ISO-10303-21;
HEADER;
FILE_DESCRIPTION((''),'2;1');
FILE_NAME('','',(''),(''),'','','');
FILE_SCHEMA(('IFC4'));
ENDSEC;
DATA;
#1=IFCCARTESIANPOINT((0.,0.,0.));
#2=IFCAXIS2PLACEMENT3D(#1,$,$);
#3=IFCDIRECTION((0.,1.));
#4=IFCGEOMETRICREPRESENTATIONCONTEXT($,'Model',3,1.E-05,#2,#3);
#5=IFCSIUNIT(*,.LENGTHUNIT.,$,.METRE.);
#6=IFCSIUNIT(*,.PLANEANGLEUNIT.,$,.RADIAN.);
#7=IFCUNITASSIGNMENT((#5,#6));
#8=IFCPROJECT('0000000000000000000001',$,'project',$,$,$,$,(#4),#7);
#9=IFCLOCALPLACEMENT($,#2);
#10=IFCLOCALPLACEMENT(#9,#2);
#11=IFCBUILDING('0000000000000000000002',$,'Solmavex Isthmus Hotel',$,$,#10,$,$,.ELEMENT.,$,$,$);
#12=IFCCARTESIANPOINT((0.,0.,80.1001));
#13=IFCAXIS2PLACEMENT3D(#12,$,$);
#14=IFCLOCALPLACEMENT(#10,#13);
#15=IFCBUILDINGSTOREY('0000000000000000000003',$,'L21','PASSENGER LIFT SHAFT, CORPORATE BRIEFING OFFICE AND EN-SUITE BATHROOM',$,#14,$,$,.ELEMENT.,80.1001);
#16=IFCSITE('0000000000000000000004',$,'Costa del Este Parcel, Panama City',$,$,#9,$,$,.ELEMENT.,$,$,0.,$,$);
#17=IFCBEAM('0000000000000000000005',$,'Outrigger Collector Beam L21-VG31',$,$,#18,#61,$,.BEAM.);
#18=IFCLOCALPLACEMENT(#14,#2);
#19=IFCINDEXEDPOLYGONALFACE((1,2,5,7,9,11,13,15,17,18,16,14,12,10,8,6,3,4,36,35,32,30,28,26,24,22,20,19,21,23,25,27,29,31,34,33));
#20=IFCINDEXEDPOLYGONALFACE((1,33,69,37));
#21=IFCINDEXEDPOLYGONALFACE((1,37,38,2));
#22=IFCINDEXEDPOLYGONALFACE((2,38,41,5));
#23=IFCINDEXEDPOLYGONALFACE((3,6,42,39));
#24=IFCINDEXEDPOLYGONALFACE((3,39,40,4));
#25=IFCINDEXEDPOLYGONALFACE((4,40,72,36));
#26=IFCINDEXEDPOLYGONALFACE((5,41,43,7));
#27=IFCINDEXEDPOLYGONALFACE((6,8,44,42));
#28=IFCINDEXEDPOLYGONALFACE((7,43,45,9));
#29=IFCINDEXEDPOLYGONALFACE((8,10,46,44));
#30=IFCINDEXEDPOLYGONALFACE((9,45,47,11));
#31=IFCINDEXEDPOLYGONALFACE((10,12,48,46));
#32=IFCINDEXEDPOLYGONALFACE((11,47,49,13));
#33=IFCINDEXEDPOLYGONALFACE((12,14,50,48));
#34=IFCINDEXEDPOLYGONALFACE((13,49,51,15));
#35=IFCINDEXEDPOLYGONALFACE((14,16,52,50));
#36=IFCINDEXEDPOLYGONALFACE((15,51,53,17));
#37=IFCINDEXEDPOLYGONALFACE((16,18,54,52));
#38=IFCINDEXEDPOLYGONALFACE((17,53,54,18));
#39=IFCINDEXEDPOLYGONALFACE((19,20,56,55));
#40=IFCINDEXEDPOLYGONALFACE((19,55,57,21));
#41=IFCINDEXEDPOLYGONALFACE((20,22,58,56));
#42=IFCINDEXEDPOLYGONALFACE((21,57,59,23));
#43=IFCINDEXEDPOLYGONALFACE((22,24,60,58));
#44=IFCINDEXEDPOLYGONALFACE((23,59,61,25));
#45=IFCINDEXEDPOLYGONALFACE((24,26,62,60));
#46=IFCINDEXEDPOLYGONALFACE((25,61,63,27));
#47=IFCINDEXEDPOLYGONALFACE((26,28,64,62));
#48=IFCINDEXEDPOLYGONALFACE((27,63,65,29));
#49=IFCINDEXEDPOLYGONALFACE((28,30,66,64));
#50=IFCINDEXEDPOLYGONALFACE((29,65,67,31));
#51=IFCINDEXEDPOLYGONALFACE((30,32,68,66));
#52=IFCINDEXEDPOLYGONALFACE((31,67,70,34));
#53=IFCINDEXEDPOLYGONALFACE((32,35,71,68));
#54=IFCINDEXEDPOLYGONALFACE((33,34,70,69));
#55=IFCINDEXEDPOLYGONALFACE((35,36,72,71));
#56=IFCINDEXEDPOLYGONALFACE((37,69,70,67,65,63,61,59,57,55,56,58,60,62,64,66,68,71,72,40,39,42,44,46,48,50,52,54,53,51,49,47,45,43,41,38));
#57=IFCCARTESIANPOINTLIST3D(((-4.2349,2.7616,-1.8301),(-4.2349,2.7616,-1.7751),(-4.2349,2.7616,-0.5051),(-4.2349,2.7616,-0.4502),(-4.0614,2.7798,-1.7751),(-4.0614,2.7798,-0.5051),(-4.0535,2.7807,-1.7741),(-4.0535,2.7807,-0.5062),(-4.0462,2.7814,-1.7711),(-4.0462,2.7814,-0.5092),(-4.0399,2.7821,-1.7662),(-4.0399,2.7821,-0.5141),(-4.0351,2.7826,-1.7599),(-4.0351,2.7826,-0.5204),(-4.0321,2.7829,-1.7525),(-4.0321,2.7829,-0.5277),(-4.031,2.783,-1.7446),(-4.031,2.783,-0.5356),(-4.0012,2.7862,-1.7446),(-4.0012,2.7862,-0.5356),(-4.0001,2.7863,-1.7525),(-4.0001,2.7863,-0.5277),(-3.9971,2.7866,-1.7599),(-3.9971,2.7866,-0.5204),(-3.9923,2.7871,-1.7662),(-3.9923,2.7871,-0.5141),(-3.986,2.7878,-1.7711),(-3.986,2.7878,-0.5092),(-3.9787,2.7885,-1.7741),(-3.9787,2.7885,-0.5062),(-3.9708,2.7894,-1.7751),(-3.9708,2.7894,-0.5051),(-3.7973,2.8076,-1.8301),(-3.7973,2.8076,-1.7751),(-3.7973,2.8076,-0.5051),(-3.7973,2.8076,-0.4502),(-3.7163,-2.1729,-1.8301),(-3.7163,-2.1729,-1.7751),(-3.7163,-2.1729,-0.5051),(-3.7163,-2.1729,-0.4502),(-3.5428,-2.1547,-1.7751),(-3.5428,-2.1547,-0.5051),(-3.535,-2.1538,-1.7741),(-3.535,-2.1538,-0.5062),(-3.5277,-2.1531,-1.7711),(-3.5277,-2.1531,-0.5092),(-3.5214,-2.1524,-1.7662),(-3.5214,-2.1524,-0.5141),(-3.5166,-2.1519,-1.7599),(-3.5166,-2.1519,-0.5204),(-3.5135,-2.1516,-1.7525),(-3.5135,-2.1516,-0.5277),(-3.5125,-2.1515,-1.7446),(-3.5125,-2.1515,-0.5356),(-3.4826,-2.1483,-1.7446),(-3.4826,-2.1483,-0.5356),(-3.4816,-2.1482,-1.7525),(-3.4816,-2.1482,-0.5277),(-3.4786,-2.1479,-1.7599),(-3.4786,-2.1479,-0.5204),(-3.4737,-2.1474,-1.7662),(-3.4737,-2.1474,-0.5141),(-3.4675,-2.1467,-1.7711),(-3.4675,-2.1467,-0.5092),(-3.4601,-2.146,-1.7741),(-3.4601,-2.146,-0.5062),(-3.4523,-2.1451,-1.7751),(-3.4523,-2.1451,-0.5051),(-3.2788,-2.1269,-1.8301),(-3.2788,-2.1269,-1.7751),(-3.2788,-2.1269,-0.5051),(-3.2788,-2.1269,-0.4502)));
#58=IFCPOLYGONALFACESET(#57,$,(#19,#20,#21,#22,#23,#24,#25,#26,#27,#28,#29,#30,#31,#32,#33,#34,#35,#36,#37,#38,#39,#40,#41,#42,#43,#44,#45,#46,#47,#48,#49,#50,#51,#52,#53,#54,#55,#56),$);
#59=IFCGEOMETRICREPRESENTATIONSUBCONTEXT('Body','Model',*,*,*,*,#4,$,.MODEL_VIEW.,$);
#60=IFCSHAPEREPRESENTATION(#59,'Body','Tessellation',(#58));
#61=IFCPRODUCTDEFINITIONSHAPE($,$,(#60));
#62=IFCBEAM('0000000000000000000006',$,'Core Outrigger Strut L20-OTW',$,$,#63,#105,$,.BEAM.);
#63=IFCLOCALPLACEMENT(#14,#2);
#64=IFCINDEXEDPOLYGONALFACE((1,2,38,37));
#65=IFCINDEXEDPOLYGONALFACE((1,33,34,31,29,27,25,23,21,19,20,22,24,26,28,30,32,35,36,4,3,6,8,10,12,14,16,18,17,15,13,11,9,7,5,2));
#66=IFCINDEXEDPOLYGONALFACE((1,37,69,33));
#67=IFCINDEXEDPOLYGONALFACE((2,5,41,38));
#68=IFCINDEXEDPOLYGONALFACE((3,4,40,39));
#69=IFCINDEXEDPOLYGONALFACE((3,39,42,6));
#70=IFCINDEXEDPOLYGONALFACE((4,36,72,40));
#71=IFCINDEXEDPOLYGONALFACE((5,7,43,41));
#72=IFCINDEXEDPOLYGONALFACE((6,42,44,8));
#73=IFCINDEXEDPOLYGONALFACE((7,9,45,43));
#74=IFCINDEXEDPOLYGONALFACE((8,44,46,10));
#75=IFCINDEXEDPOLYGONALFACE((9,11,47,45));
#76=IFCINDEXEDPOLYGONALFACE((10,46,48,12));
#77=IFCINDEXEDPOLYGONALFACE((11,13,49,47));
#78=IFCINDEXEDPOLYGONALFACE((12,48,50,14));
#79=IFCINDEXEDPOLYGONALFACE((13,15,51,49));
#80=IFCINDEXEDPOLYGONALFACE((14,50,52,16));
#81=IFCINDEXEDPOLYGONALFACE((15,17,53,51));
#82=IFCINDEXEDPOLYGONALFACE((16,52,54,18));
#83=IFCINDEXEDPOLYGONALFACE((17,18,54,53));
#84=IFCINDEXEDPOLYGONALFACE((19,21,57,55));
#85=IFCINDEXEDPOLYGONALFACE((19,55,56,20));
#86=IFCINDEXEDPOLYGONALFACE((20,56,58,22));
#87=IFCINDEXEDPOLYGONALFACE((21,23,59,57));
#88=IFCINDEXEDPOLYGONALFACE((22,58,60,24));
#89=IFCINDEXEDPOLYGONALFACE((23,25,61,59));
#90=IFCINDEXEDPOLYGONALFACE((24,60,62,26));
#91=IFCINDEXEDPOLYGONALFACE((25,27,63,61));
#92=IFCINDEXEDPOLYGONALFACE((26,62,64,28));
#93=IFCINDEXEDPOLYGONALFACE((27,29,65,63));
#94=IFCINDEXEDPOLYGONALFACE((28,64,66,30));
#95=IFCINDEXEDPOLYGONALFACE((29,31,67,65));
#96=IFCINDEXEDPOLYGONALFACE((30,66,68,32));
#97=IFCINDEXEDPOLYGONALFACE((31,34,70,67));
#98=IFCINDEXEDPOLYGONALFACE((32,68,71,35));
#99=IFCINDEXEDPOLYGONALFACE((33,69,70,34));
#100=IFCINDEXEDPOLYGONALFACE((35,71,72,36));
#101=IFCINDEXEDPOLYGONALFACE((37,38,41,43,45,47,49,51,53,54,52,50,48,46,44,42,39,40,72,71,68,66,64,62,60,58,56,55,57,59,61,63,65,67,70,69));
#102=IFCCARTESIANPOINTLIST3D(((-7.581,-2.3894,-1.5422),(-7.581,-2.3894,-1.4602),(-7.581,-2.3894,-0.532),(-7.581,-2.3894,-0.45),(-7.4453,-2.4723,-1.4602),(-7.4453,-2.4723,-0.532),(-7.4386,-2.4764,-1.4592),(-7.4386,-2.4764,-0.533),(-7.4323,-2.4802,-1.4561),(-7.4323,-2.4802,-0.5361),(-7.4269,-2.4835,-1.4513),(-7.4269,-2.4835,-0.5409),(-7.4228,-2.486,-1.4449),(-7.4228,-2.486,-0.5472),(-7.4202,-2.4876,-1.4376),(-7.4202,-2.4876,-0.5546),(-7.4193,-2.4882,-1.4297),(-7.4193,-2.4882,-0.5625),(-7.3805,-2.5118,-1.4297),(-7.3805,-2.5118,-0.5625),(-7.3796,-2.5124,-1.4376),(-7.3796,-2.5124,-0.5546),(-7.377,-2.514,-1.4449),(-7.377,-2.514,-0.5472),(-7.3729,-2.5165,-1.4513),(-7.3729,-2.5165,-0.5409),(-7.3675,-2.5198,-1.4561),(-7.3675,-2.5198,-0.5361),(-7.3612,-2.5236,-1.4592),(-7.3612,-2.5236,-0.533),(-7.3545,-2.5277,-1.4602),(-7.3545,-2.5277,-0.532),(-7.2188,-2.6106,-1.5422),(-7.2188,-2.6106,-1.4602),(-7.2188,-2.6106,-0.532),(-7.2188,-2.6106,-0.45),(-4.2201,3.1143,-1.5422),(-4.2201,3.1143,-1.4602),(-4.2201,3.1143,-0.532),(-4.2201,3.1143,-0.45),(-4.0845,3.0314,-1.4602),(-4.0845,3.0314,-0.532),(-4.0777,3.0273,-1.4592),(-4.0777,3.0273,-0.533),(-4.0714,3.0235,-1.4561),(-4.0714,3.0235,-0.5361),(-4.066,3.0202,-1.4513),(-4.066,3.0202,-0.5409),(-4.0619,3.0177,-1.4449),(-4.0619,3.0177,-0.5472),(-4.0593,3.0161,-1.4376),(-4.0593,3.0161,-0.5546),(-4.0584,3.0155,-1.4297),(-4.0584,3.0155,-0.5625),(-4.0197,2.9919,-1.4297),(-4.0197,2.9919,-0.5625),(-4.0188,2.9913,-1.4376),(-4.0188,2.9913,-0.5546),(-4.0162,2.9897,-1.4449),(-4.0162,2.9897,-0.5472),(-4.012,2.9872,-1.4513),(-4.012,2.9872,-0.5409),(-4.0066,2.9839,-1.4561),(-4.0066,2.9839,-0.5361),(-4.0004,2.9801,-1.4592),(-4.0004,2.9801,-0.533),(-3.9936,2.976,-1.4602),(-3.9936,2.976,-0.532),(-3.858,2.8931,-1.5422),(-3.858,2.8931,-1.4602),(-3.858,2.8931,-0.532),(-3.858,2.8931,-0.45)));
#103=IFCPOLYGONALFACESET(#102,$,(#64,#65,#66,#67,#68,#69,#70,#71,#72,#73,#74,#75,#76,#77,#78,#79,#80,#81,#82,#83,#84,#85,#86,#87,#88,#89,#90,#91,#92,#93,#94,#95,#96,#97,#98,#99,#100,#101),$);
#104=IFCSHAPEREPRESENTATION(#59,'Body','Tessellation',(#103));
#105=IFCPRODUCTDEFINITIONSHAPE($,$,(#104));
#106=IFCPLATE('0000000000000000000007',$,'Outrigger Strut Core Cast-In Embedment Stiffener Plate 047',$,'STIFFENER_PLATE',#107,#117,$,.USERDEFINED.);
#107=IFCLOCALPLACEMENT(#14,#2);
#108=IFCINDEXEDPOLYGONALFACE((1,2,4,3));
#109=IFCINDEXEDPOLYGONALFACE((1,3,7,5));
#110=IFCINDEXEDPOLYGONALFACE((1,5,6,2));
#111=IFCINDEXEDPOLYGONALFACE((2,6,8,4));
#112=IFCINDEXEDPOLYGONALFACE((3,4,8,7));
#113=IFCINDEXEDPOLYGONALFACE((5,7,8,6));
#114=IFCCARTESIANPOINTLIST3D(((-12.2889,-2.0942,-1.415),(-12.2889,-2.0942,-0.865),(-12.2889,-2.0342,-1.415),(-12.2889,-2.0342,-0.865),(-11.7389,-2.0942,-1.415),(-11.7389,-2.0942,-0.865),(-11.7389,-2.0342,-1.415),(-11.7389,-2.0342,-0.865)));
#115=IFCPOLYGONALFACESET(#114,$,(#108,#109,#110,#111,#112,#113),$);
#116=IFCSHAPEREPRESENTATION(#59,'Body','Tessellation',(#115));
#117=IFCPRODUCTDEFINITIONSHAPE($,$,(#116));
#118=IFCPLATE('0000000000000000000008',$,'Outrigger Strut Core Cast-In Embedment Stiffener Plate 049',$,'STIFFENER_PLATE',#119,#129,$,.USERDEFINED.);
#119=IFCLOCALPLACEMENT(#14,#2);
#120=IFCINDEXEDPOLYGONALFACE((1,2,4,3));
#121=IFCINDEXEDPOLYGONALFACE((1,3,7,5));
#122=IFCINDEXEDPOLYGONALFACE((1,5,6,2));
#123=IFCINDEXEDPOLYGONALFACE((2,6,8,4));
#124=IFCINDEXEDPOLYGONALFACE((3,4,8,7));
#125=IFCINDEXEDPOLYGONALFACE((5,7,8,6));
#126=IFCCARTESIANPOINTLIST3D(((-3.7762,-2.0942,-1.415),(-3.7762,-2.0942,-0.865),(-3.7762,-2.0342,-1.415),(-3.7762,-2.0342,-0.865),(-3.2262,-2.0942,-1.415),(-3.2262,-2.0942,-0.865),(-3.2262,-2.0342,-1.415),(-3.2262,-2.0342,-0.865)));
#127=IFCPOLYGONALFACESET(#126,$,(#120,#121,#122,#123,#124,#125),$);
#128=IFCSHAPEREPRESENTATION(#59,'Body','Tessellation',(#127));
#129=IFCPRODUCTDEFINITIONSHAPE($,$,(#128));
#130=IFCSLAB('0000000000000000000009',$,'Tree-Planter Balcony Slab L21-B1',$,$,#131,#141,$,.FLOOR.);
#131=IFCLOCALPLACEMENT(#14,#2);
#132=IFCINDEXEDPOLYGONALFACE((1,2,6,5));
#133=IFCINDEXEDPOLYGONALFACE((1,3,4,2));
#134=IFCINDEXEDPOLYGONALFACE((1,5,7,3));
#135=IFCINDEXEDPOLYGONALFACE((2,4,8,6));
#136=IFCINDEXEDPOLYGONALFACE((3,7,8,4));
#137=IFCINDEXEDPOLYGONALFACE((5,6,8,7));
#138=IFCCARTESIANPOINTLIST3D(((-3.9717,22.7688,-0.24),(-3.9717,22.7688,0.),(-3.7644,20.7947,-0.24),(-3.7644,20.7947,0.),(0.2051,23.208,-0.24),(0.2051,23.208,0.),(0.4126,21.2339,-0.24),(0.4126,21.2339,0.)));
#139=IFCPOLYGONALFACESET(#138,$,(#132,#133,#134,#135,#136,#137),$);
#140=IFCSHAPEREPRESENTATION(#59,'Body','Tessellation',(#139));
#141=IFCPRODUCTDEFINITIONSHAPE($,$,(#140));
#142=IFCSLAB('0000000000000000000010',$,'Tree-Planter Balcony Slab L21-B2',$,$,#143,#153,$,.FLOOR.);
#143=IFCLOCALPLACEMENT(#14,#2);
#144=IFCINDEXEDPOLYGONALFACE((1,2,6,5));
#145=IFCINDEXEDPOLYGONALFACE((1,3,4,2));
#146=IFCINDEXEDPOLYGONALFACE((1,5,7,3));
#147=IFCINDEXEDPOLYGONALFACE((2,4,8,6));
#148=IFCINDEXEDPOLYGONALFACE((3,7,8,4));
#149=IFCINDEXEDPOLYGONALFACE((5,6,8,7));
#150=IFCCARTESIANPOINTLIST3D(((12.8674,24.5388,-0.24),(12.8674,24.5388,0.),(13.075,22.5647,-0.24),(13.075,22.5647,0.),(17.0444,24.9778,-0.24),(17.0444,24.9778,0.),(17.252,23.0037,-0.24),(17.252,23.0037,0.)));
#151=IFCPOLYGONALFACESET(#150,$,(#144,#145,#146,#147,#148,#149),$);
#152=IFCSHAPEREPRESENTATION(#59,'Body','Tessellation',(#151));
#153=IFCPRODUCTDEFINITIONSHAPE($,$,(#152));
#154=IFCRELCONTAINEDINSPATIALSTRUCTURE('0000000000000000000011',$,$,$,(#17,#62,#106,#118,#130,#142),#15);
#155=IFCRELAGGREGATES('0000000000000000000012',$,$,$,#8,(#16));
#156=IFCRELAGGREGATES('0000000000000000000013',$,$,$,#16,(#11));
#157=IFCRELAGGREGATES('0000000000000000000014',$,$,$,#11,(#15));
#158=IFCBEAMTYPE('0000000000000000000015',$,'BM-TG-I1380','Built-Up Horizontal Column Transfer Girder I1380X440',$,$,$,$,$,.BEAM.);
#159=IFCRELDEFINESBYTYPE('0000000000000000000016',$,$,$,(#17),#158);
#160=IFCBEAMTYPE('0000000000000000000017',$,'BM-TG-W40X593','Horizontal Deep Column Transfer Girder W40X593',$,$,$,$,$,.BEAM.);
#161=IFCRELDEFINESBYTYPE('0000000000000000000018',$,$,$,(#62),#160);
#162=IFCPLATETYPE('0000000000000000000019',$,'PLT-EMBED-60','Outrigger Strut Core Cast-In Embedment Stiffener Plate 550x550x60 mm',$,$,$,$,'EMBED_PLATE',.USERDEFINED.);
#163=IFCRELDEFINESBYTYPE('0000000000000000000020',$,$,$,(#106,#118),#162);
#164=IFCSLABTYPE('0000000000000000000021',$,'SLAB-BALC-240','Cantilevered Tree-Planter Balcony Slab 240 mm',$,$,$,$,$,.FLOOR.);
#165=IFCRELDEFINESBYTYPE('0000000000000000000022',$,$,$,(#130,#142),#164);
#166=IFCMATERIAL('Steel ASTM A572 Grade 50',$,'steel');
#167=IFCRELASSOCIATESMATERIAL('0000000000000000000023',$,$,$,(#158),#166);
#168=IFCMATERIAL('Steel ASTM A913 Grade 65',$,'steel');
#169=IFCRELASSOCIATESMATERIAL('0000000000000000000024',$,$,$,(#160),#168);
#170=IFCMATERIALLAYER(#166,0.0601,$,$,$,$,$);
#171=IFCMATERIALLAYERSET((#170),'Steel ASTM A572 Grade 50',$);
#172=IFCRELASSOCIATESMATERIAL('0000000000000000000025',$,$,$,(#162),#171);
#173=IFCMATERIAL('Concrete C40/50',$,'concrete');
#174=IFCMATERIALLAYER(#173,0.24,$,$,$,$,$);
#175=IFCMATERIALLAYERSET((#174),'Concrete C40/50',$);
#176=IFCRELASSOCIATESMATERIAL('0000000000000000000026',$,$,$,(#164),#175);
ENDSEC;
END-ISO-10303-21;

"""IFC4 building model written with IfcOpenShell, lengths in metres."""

from ifc_helpers import new_model, si_unit, direction, frame, origin, origin_2d, place, context, subcontext, project, spatial, polyline, rectangle, i_section, outline, extrude, material, layer, layer_set, material_profile, profile_set, type_object, element, save


model = new_model("IFC4")

# Units and contexts
model_context = context("Model", 3, precision=1e-05, world=origin(), true_north=direction((0.0, 1.0)))
body_context = subcontext(model_context, "Body", "Model", "MODEL_VIEW")
ifc_project = project(units=[si_unit("LENGTHUNIT", "METRE"), si_unit("PLANEANGLEUNIT", "RADIAN")], contexts=[model_context])

# Site, building, storey
site_placement = place(None, origin())
site = spatial("IfcSite", under=ifc_project, at=site_placement, Name="Costa del Este Parcel, Panama City", CompositionType="ELEMENT", RefElevation=0.0)
building_placement = place(site_placement, origin())
building = spatial("IfcBuilding", under=site, at=building_placement, Name="Solmavex Isthmus Hotel", CompositionType="ELEMENT")
storey_placement = place(building_placement, frame((0.0, 0.0, 80.1001)))
storey = spatial("IfcBuildingStorey", under=building, at=storey_placement, Name="L21", Description="PASSENGER LIFT SHAFT, CORPORATE BRIEFING OFFICE AND EN-SUITE BATHROOM", CompositionType="ELEMENT", Elevation=80.1001)

# Beams
ifc_material_1 = material(Name="Steel ASTM A572 Grade 50", Category="steel")
ifc_material_profile_1 = material_profile(ifc_material_1, i_section(OverallWidth=0.4399, OverallDepth=1.3799, WebThickness=0.03, FlangeThickness=0.0549, FilletRadius=0.0305, at=origin_2d()), Name="I1380X440")
ifc_profile_set_1 = profile_set([ifc_material_profile_1], Name="Steel ASTM A572 Grade 50")
beam_type_1 = type_object("IfcBeamType", Name="BM-TG-I1380", Description="Built-Up Horizontal Column Transfer Girder I1380X440", PredefinedType="BEAM", material=ifc_profile_set_1)
beam_1_placement = place(storey_placement, frame((-3.4976, -2.1499, -1.1401), z_axis=(-0.104511, 0.994524, 0.0), x_axis=(-0.994524, -0.104511, 0.0)))
element("IfcBeam", 1, at=beam_1_placement, inside=storey, type_object=beam_type_1, Name="Outrigger Collector Beam L21-VG31", PredefinedType="BEAM", context=body_context, shape_type="SweptSolid", body=[
    extrude(i_section(OverallWidth=0.4399, OverallDepth=1.3799, WebThickness=0.03, FlangeThickness=0.0549, FilletRadius=0.0305, at=origin_2d()), origin(), (0.0, 0.0, 1.0), 4.9617),
])
ifc_material_2 = material(Name="Steel ASTM A913 Grade 65", Category="steel")
ifc_material_profile_2 = material_profile(ifc_material_2, i_section(OverallWidth=0.4243, OverallDepth=1.0923, WebThickness=0.0454, FlangeThickness=0.082, FilletRadius=0.0305, at=origin_2d()), Name="W40X593")
ifc_profile_set_2 = profile_set([ifc_material_profile_2], Name="Steel ASTM A913 Grade 65")
beam_type_2 = type_object("IfcBeamType", Name="BM-TG-W40X593", Description="Horizontal Deep Column Transfer Girder W40X593", PredefinedType="BEAM", material=ifc_profile_set_2)
beam_2_placement = place(storey_placement, frame((-7.3999, -2.5, -0.9961), z_axis=(0.521167, 0.853455, 0.0), x_axis=(-0.853455, 0.521167, 0.0)))
element("IfcBeam", 2, at=beam_2_placement, inside=storey, type_object=beam_type_2, Name="Core Outrigger Strut L20-OTW", PredefinedType="BEAM", context=body_context, shape_type="SweptSolid", body=[
    extrude(i_section(OverallWidth=0.4243, OverallDepth=1.0923, WebThickness=0.0454, FlangeThickness=0.082, FilletRadius=0.0305, at=origin_2d()), origin(), (0.0, 0.0, 1.0), 6.4487),
])

# Plates
ifc_layer_1 = layer(ifc_material_1, 0.0601)
ifc_layer_set_1 = layer_set([ifc_layer_1], Name="Steel ASTM A572 Grade 50")
plate_type = type_object("IfcPlateType", Name="PLT-EMBED-60", Description="Outrigger Strut Core Cast-In Embedment Stiffener Plate 550x550x60 mm", ElementType="EMBED_PLATE", PredefinedType="USERDEFINED", material=ifc_layer_set_1)
for number, where, z_axis, x_axis, name in (
    (3, (-12.0139, -2.0642, -1.415), (0.0, 0.0, 1.0), (1.0, 0.0, 0.0), "Outrigger Strut Core Cast-In Embedment Stiffener Plate 047"),
    (4, (-3.5012, -2.0642, -1.415), (0.0, 0.0, 1.0), (1.0, 0.0, 0.0), "Outrigger Strut Core Cast-In Embedment Stiffener Plate 049"),
):
    element("IfcPlate", number, at=place(storey_placement, frame(where, z_axis=z_axis, x_axis=x_axis)), inside=storey, type_object=plate_type, Name=name, ObjectType="STIFFENER_PLATE", PredefinedType="USERDEFINED", context=body_context, shape_type="SweptSolid", body=[
        extrude(rectangle(XDim=0.55, YDim=0.0601, at=origin_2d()), origin(), (0.0, 0.0, 1.0), 0.55),
    ])

# Slabs
ifc_material_3 = material(Name="Concrete C40/50", Category="concrete")
ifc_layer_2 = layer(ifc_material_3, 0.24)
ifc_layer_set_2 = layer_set([ifc_layer_2], Name="Concrete C40/50")
slab_type_1 = type_object("IfcSlabType", Name="SLAB-BALC-240", Description="Cantilevered Tree-Planter Balcony Slab 240 mm", PredefinedType="FLOOR", material=ifc_layer_set_2)
slab_1_placement = place(storey_placement, frame((0.0, 0.0, -0.24)))
element("IfcSlab", 5, at=slab_1_placement, inside=storey, type_object=slab_type_1, Name="Tree-Planter Balcony Slab L21-B1", PredefinedType="FLOOR", context=body_context, shape_type="SweptSolid", body=[
    extrude(outline(polyline([(-3.7644, 20.7947), (0.4126, 21.2339), (0.2051, 23.208), (-3.9717, 22.7688), (-3.7644, 20.7947)])), origin(), (0.0, 0.0, 1.0), 0.24),
])
slab_2_placement = place(storey_placement, frame((0.0, 0.0, -0.24)))
element("IfcSlab", 6, at=slab_2_placement, inside=storey, type_object=slab_type_1, Name="Tree-Planter Balcony Slab L21-B2", PredefinedType="FLOOR", context=body_context, shape_type="SweptSolid", body=[
    extrude(outline(polyline([(13.075, 22.5647), (17.252, 23.0037), (17.0444, 24.9778), (12.8674, 24.5388), (13.075, 22.5647)])), origin(), (0.0, 0.0, 1.0), 0.24),
])

save(model, "model.ifc")
